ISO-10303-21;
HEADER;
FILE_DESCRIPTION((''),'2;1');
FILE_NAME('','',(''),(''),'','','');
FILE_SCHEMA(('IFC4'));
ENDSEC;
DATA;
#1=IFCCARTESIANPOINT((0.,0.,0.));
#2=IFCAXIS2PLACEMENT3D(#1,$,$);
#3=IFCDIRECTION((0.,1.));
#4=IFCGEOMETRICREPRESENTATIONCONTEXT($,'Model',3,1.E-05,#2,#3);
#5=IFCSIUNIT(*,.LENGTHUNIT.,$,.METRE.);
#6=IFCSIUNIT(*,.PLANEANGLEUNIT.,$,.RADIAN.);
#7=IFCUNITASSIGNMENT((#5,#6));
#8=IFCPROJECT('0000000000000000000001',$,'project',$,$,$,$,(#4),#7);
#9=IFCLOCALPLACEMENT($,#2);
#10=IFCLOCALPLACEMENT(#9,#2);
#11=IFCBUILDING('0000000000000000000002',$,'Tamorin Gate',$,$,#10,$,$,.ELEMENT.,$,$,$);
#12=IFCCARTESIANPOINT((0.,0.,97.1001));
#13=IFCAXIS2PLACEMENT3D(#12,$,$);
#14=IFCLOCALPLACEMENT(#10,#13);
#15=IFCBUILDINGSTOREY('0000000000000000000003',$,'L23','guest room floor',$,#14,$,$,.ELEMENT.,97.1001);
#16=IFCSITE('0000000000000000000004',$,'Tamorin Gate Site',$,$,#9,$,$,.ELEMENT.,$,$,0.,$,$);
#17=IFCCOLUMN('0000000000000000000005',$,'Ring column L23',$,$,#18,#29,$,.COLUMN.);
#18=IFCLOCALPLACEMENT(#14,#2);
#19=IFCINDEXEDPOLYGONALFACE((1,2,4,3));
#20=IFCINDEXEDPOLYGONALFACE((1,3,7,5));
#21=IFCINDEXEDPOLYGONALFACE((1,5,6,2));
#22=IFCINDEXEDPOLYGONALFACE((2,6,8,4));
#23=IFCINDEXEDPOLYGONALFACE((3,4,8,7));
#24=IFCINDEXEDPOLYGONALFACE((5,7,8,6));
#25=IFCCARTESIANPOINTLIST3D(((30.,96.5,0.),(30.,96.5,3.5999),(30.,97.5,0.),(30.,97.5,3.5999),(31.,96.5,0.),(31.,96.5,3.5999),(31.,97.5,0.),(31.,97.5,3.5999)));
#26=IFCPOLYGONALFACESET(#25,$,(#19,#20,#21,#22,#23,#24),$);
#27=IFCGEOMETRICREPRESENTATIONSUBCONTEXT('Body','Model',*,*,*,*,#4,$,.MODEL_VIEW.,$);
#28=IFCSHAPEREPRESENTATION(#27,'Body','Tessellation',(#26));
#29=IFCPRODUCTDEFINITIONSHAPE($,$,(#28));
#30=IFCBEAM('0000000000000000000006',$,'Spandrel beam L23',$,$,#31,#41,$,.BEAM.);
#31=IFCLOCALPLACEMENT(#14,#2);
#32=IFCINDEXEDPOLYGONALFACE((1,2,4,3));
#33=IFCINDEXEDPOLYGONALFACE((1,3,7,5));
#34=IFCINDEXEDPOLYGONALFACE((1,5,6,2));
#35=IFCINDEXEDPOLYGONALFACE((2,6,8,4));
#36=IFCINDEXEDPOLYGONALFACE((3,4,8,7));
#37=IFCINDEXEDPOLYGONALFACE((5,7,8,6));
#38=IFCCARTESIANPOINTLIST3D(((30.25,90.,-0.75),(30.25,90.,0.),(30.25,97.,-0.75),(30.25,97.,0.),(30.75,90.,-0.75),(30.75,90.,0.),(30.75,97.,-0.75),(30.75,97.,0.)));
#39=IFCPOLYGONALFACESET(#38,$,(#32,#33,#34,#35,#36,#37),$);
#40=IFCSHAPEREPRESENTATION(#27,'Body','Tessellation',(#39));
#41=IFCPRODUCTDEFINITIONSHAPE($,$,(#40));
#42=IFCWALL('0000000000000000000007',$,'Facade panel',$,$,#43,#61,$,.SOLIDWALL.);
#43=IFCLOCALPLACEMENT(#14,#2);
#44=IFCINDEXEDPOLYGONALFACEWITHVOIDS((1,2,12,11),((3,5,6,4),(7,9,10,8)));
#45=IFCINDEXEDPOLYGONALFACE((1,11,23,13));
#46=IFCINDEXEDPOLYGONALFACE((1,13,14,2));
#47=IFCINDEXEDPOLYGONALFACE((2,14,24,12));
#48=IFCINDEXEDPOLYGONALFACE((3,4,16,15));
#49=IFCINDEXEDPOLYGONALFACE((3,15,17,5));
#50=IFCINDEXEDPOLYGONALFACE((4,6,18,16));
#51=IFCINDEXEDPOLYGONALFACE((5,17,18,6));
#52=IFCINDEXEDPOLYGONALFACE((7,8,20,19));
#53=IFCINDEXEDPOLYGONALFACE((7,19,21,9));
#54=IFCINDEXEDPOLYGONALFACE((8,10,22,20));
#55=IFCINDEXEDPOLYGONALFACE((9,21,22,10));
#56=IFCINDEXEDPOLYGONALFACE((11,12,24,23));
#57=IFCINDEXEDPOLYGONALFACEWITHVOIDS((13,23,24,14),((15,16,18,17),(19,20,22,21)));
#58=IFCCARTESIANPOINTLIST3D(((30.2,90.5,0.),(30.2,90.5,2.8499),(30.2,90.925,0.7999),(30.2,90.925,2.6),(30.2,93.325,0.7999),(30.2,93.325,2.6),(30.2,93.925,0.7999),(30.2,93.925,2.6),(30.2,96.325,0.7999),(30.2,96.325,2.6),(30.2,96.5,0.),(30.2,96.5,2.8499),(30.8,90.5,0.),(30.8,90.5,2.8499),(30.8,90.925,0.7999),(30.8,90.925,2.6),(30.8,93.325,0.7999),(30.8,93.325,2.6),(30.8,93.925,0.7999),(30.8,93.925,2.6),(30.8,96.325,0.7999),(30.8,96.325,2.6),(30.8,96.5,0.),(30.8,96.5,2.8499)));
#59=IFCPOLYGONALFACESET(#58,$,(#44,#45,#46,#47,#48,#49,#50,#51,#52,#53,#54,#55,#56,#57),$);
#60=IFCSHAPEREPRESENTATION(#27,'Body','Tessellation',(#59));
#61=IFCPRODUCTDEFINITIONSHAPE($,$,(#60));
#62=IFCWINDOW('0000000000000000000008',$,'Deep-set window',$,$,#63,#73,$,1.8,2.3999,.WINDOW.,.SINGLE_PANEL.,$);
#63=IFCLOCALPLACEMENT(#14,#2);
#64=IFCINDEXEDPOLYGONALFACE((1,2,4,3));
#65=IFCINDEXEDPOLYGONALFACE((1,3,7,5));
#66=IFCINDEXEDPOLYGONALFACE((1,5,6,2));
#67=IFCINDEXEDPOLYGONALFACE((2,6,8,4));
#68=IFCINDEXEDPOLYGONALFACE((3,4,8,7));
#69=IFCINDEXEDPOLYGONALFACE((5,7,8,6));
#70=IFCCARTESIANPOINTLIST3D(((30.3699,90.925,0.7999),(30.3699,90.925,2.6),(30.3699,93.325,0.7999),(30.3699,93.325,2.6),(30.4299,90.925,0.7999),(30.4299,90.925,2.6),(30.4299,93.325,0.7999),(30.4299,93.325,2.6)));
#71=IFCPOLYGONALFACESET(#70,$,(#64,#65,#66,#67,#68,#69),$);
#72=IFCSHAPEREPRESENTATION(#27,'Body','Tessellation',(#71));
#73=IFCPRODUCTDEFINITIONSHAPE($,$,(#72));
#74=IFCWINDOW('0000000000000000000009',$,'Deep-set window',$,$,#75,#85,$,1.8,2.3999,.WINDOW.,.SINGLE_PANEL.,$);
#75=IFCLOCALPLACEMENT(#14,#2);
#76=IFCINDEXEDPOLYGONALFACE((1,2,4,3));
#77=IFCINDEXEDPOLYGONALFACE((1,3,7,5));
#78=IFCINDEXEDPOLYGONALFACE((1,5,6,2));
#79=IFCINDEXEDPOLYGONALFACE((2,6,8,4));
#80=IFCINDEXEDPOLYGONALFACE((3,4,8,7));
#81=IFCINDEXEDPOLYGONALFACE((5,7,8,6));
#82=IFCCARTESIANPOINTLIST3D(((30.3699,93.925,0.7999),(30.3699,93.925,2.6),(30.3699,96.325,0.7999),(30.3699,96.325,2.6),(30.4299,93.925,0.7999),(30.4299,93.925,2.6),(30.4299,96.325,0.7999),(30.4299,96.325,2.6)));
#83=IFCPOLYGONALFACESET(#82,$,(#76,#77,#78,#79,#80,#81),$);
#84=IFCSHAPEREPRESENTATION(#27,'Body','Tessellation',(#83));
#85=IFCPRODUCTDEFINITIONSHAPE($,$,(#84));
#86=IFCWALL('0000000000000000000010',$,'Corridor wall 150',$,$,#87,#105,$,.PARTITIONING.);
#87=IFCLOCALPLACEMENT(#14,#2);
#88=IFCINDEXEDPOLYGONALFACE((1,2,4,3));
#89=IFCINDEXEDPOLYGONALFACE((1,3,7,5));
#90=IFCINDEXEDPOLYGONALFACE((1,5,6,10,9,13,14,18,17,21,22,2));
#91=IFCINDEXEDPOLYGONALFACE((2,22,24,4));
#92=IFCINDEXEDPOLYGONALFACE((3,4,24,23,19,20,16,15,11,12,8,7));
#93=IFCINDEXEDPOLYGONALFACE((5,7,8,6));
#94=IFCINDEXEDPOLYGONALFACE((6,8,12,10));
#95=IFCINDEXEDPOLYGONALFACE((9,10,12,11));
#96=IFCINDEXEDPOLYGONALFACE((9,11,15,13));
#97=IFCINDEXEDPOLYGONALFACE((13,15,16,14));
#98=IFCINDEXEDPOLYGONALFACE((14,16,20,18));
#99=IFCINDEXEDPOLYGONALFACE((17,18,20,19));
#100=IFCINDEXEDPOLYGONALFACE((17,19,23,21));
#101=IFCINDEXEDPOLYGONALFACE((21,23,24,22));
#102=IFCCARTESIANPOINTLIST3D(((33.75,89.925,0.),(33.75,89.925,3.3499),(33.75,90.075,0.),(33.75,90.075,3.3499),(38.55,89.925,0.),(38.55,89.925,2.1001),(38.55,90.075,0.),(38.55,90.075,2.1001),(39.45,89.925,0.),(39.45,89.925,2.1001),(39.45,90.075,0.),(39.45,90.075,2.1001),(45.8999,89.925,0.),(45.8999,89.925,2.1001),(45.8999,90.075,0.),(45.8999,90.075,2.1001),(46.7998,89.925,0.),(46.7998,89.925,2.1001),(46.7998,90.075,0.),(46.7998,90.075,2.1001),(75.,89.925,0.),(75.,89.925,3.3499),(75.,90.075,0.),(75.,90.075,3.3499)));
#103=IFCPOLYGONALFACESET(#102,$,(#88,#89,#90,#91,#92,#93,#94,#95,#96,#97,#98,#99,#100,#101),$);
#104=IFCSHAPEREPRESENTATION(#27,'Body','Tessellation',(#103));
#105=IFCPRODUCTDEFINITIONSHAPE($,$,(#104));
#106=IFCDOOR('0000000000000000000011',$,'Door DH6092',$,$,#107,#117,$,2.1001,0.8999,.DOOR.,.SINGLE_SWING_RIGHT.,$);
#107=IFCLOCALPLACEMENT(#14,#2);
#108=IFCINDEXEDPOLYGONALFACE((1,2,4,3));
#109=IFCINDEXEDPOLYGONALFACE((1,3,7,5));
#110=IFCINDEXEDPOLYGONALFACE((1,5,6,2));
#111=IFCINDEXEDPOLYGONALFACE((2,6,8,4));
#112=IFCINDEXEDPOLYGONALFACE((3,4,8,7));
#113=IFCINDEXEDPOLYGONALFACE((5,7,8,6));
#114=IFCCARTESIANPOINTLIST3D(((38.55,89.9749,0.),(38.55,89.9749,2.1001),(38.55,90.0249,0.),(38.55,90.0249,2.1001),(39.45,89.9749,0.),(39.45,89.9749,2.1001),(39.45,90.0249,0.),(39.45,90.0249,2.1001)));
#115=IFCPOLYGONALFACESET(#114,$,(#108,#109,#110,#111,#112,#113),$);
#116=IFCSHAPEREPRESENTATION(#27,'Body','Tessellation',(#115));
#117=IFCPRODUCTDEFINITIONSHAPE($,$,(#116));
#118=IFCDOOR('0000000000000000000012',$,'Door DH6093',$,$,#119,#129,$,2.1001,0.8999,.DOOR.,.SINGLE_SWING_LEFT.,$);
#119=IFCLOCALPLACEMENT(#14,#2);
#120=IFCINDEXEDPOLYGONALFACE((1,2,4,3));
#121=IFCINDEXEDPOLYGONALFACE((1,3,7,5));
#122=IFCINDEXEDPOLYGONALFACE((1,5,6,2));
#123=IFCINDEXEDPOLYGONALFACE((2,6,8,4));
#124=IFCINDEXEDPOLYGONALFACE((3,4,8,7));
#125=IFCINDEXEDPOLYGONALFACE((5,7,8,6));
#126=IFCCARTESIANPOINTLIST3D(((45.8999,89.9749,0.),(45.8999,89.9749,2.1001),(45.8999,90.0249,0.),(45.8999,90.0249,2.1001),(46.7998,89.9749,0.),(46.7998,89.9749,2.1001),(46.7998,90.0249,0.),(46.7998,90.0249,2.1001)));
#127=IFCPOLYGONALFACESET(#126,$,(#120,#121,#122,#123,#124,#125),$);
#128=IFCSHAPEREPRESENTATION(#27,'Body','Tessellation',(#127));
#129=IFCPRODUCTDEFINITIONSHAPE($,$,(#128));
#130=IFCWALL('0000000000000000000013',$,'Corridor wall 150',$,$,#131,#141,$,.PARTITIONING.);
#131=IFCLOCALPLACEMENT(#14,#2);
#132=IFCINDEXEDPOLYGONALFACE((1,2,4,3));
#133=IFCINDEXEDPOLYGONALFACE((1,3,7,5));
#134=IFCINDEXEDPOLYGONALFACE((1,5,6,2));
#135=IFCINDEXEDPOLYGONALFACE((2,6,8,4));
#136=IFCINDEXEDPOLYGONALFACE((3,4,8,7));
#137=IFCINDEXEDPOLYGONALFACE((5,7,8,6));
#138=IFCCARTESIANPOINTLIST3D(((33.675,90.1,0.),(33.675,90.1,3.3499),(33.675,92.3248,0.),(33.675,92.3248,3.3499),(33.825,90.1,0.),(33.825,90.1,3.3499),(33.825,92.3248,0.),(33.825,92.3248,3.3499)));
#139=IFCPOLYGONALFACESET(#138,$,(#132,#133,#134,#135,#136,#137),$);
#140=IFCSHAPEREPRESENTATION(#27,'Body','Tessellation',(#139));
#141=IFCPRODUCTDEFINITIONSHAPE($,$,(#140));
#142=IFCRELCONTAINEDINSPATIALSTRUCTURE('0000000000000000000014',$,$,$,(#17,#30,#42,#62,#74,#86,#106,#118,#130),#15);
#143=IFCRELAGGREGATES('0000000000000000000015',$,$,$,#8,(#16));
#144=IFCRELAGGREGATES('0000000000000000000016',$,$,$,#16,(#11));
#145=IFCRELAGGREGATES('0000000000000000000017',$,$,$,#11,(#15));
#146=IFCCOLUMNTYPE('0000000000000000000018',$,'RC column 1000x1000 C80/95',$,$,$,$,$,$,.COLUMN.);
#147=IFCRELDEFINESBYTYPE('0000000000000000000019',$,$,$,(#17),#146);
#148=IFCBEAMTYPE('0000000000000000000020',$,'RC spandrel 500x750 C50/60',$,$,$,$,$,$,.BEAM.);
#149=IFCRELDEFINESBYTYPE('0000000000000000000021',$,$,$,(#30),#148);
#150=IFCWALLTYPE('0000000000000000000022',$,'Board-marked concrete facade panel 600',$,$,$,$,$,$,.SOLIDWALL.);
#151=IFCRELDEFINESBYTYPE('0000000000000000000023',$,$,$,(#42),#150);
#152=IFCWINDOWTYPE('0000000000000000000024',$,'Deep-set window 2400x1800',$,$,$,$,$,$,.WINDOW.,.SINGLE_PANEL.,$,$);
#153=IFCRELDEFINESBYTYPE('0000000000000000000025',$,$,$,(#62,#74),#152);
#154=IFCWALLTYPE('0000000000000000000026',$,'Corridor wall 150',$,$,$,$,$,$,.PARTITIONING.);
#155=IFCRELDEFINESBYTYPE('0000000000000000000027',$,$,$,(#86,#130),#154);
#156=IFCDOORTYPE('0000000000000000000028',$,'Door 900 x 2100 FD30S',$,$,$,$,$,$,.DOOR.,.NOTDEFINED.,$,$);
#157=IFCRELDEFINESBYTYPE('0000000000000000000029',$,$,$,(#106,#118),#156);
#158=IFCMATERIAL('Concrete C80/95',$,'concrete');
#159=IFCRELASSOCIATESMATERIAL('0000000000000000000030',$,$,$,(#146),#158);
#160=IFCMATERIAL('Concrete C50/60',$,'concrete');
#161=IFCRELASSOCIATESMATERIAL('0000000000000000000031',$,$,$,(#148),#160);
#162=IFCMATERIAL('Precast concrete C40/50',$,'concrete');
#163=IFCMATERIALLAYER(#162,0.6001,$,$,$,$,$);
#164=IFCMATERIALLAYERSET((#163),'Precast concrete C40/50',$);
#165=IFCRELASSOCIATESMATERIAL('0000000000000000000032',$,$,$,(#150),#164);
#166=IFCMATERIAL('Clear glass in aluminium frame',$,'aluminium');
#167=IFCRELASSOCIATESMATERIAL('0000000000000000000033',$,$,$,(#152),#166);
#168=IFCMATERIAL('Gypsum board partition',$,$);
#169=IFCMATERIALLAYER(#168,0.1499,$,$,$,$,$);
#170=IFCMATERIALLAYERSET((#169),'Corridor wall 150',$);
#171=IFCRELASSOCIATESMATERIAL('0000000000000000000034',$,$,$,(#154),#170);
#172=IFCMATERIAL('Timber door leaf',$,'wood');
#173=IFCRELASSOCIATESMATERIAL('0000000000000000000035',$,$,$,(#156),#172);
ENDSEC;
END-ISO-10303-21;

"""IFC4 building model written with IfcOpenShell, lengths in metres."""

from ifc_helpers import new_model, si_unit, direction, frame, frame_2d, origin, origin_2d, place, context, subcontext, project, spatial, rectangle, extrude, material, layer, layer_set, material_profile, profile_set, type_object, element, fill, save


model = new_model("IFC4")

# Units and contexts
model_context = context("Model", 3, precision=1e-05, world=origin(), true_north=direction((0.0, 1.0)))
body_context = subcontext(model_context, "Body", "Model", "MODEL_VIEW")
ifc_project = project(units=[si_unit("LENGTHUNIT", "METRE"), si_unit("PLANEANGLEUNIT", "RADIAN")], contexts=[model_context])

# Site, building, storey
site_placement = place(None, origin())
site = spatial("IfcSite", under=ifc_project, at=site_placement, Name="Tamorin Gate Site", CompositionType="ELEMENT", RefElevation=0.0)
building_placement = place(site_placement, origin())
building = spatial("IfcBuilding", under=site, at=building_placement, Name="Tamorin Gate", CompositionType="ELEMENT")
storey_placement = place(building_placement, frame((0.0, 0.0, 97.1001)))
storey = spatial("IfcBuildingStorey", under=building, at=storey_placement, Name="L23", Description="guest room floor", CompositionType="ELEMENT", Elevation=97.1001)

# Column
ifc_material_1 = material(Name="Concrete C80/95", Category="concrete")
ifc_material_profile_1 = material_profile(ifc_material_1, rectangle(XDim=1.0, YDim=1.0, at=origin_2d()), Name="RC 1000x1000")
ifc_profile_set_1 = profile_set([ifc_material_profile_1], Name="Concrete C80/95")
column_type = type_object("IfcColumnType", Name="RC column 1000x1000 C80/95", PredefinedType="COLUMN", material=ifc_profile_set_1)
column_placement = place(storey_placement, frame((30.5, 97.0, 0.0), z_axis=(0.0, 0.0, 1.0), x_axis=(1.0, 0.0, 0.0)))
element("IfcColumn", 1, at=column_placement, inside=storey, type_object=column_type, Name="Ring column L23", PredefinedType="COLUMN", context=body_context, shape_type="SweptSolid", body=[
    extrude(rectangle(XDim=1.0, YDim=1.0, at=origin_2d()), origin(), (0.0, 0.0, 1.0), 3.5999),
])

# Beam
ifc_material_2 = material(Name="Concrete C50/60", Category="concrete")
ifc_material_profile_2 = material_profile(ifc_material_2, rectangle(XDim=0.5, YDim=0.75, at=origin_2d()), Name="RC 500x750")
ifc_profile_set_2 = profile_set([ifc_material_profile_2], Name="Concrete C50/60")
beam_type = type_object("IfcBeamType", Name="RC spandrel 500x750 C50/60", PredefinedType="BEAM", material=ifc_profile_set_2)
beam_placement = place(storey_placement, frame((30.5, 97.0, -0.375), z_axis=(0.0, -1.0, 0.0), x_axis=(1.0, 0.0, 0.0)))
element("IfcBeam", 2, at=beam_placement, inside=storey, type_object=beam_type, Name="Spandrel beam L23", PredefinedType="BEAM", context=body_context, shape_type="SweptSolid", body=[
    extrude(rectangle(XDim=0.5, YDim=0.75, at=origin_2d()), origin(), (0.0, 0.0, 1.0), 7.0),
])

# Wall, openings, windows
ifc_material_3 = material(Name="Precast concrete C40/50", Category="concrete")
ifc_layer_1 = layer(ifc_material_3, 0.6001)
ifc_layer_set_1 = layer_set([ifc_layer_1], Name="Precast concrete C40/50")
wall_type_1 = type_object("IfcWallType", Name="Board-marked concrete facade panel 600", PredefinedType="SOLIDWALL", material=ifc_layer_set_1)
wall_1_placement = place(storey_placement, frame((30.5, 96.5, 0.0), z_axis=(0.0, 0.0, 1.0), x_axis=(0.0, -1.0, 0.0)))
wall_1 = element("IfcWall", 3, at=wall_1_placement, inside=storey, type_object=wall_type_1, Name="Facade panel", PredefinedType="SOLIDWALL", context=body_context, shape_type="SweptSolid", body=[
    extrude(rectangle(XDim=6.0, YDim=0.6001, at=frame_2d((3.0, 0.0))), origin(), (0.0, 0.0, 1.0), 2.8499),
])
opening_1_placement = place(wall_1_placement, frame((3.175, 0.0, 0.8)))
opening_1 = element("IfcOpeningElement", 4, at=opening_1_placement, cuts=wall_1, PredefinedType="OPENING", context=body_context, shape_type="SweptSolid", body=[
    extrude(rectangle(XDim=2.3999, YDim=1.8, at=frame_2d((1.2, 0.8999))), frame((0.0, 0.3101, 0.0), z_axis=(0.0, -1.0, 0.0), x_axis=(1.0, 0.0, 0.0)), (0.0, 0.0, 1.0), 0.6201),
])
opening_2_placement = place(wall_1_placement, frame((0.175, 0.0, 0.8)))
opening_2 = element("IfcOpeningElement", 5, at=opening_2_placement, cuts=wall_1, PredefinedType="OPENING", context=body_context, shape_type="SweptSolid", body=[
    extrude(rectangle(XDim=2.3999, YDim=1.8, at=frame_2d((1.2, 0.8999))), frame((0.0, 0.3101, 0.0), z_axis=(0.0, -1.0, 0.0), x_axis=(1.0, 0.0, 0.0)), (0.0, 0.0, 1.0), 0.6201),
])
ifc_material_4 = material(Name="Clear glass in aluminium frame", Category="aluminium")
window_type = type_object("IfcWindowType", Name="Deep-set window 2400x1800", PartitioningType="SINGLE_PANEL", PredefinedType="WINDOW", material=ifc_material_4)
window_1_placement = place(opening_1_placement, origin())
window_1 = element("IfcWindow", 6, at=window_1_placement, inside=storey, type_object=window_type, Name="Deep-set window", OverallHeight=1.8, OverallWidth=2.3999, PartitioningType="SINGLE_PANEL", PredefinedType="WINDOW", context=body_context, shape_type="SweptSolid", body=[
    extrude(rectangle(XDim=2.3999, YDim=1.8, at=frame_2d((1.2, 0.8999))), frame((0.0, -0.0701, 0.0), z_axis=(0.0, -1.0, 0.0), x_axis=(1.0, 0.0, 0.0)), (0.0, 0.0, 1.0), 0.0601),
])
fill(opening_1, window_1)
window_2_placement = place(opening_2_placement, origin())
window_2 = element("IfcWindow", 7, at=window_2_placement, inside=storey, type_object=window_type, Name="Deep-set window", OverallHeight=1.8, OverallWidth=2.3999, PartitioningType="SINGLE_PANEL", PredefinedType="WINDOW", context=body_context, shape_type="SweptSolid", body=[
    extrude(rectangle(XDim=2.3999, YDim=1.8, at=frame_2d((1.2, 0.8999))), frame((0.0, -0.0701, 0.0), z_axis=(0.0, -1.0, 0.0), x_axis=(1.0, 0.0, 0.0)), (0.0, 0.0, 1.0), 0.0601),
])
fill(opening_2, window_2)

# Wall, openings, doors
ifc_material_5 = material(Name="Gypsum board partition")
ifc_layer_2 = layer(ifc_material_5, 0.1499)
ifc_layer_set_2 = layer_set([ifc_layer_2], Name="Corridor wall 150")
wall_type_2 = type_object("IfcWallType", Name="Corridor wall 150", PredefinedType="PARTITIONING", material=ifc_layer_set_2)
wall_2_placement = place(storey_placement, frame((33.75, 90.0, 0.0), z_axis=(0.0, 0.0, 1.0), x_axis=(1.0, 0.0, 0.0)))
wall_2 = element("IfcWall", 8, at=wall_2_placement, inside=storey, type_object=wall_type_2, Name="Corridor wall 150", PredefinedType="PARTITIONING", context=body_context, shape_type="SweptSolid", body=[
    extrude(rectangle(XDim=41.25, YDim=0.1499, at=frame_2d((20.625, 0.0))), origin(), (0.0, 0.0, 1.0), 3.3499),
])
opening_3_placement = place(wall_2_placement, frame((4.8, 0.0, 0.0)))
opening_3 = element("IfcOpeningElement", 9, at=opening_3_placement, cuts=wall_2, PredefinedType="OPENING", context=body_context, shape_type="SweptSolid", body=[
    extrude(rectangle(XDim=0.8999, YDim=2.1001, at=frame_2d((0.45, 1.05))), frame((0.0, 0.085, 0.0), z_axis=(0.0, -1.0, 0.0), x_axis=(1.0, 0.0, 0.0)), (0.0, 0.0, 1.0), 0.1699),
])
opening_4_placement = place(wall_2_placement, frame((12.1499, 0.0, 0.0)))
opening_4 = element("IfcOpeningElement", 10, at=opening_4_placement, cuts=wall_2, PredefinedType="OPENING", context=body_context, shape_type="SweptSolid", body=[
    extrude(rectangle(XDim=0.8999, YDim=2.1001, at=frame_2d((0.45, 1.05))), frame((0.0, 0.085, 0.0), z_axis=(0.0, -1.0, 0.0), x_axis=(1.0, 0.0, 0.0)), (0.0, 0.0, 1.0), 0.1699),
])
ifc_material_6 = material(Name="Timber door leaf", Category="wood")
door_type_1 = type_object("IfcDoorType", Name="Door 900 x 2100 FD30S", OperationType="NOTDEFINED", PredefinedType="DOOR", material=ifc_material_6)
door_1_placement = place(opening_3_placement, origin())
door_1 = element("IfcDoor", 11, at=door_1_placement, inside=storey, type_object=door_type_1, Name="Door DH6092", OperationType="SINGLE_SWING_RIGHT", OverallHeight=2.1001, OverallWidth=0.8999, PredefinedType="DOOR", context=body_context, shape_type="SweptSolid", body=[
    extrude(rectangle(XDim=0.8999, YDim=2.1001, at=frame_2d((0.45, 1.05))), frame((0.0, 0.0249, 0.0), z_axis=(0.0, -1.0, 0.0), x_axis=(1.0, 0.0, 0.0)), (0.0, 0.0, 1.0), 0.05),
])
fill(opening_3, door_1)
door_2_placement = place(opening_4_placement, origin())
door_2 = element("IfcDoor", 12, at=door_2_placement, inside=storey, type_object=door_type_1, Name="Door DH6093", OperationType="SINGLE_SWING_LEFT", OverallHeight=2.1001, OverallWidth=0.8999, PredefinedType="DOOR", context=body_context, shape_type="SweptSolid", body=[
    extrude(rectangle(XDim=0.8999, YDim=2.1001, at=frame_2d((0.45, 1.05))), frame((0.0, 0.0249, 0.0), z_axis=(0.0, -1.0, 0.0), x_axis=(1.0, 0.0, 0.0)), (0.0, 0.0, 1.0), 0.05),
])
fill(opening_4, door_2)

# Wall
wall_3_placement = place(storey_placement, frame((33.75, 90.1001, 0.0), z_axis=(0.0, 0.0, 1.0), x_axis=(0.0, 1.0, 0.0)))
element("IfcWall", 13, at=wall_3_placement, inside=storey, type_object=wall_type_2, Name="Corridor wall 150", PredefinedType="PARTITIONING", context=body_context, shape_type="SweptSolid", body=[
    extrude(rectangle(XDim=2.2249, YDim=0.1499, at=frame_2d((1.1123, 0.0))), origin(), (0.0, 0.0, 1.0), 3.3499),
])

save(model, "model.ifc")
